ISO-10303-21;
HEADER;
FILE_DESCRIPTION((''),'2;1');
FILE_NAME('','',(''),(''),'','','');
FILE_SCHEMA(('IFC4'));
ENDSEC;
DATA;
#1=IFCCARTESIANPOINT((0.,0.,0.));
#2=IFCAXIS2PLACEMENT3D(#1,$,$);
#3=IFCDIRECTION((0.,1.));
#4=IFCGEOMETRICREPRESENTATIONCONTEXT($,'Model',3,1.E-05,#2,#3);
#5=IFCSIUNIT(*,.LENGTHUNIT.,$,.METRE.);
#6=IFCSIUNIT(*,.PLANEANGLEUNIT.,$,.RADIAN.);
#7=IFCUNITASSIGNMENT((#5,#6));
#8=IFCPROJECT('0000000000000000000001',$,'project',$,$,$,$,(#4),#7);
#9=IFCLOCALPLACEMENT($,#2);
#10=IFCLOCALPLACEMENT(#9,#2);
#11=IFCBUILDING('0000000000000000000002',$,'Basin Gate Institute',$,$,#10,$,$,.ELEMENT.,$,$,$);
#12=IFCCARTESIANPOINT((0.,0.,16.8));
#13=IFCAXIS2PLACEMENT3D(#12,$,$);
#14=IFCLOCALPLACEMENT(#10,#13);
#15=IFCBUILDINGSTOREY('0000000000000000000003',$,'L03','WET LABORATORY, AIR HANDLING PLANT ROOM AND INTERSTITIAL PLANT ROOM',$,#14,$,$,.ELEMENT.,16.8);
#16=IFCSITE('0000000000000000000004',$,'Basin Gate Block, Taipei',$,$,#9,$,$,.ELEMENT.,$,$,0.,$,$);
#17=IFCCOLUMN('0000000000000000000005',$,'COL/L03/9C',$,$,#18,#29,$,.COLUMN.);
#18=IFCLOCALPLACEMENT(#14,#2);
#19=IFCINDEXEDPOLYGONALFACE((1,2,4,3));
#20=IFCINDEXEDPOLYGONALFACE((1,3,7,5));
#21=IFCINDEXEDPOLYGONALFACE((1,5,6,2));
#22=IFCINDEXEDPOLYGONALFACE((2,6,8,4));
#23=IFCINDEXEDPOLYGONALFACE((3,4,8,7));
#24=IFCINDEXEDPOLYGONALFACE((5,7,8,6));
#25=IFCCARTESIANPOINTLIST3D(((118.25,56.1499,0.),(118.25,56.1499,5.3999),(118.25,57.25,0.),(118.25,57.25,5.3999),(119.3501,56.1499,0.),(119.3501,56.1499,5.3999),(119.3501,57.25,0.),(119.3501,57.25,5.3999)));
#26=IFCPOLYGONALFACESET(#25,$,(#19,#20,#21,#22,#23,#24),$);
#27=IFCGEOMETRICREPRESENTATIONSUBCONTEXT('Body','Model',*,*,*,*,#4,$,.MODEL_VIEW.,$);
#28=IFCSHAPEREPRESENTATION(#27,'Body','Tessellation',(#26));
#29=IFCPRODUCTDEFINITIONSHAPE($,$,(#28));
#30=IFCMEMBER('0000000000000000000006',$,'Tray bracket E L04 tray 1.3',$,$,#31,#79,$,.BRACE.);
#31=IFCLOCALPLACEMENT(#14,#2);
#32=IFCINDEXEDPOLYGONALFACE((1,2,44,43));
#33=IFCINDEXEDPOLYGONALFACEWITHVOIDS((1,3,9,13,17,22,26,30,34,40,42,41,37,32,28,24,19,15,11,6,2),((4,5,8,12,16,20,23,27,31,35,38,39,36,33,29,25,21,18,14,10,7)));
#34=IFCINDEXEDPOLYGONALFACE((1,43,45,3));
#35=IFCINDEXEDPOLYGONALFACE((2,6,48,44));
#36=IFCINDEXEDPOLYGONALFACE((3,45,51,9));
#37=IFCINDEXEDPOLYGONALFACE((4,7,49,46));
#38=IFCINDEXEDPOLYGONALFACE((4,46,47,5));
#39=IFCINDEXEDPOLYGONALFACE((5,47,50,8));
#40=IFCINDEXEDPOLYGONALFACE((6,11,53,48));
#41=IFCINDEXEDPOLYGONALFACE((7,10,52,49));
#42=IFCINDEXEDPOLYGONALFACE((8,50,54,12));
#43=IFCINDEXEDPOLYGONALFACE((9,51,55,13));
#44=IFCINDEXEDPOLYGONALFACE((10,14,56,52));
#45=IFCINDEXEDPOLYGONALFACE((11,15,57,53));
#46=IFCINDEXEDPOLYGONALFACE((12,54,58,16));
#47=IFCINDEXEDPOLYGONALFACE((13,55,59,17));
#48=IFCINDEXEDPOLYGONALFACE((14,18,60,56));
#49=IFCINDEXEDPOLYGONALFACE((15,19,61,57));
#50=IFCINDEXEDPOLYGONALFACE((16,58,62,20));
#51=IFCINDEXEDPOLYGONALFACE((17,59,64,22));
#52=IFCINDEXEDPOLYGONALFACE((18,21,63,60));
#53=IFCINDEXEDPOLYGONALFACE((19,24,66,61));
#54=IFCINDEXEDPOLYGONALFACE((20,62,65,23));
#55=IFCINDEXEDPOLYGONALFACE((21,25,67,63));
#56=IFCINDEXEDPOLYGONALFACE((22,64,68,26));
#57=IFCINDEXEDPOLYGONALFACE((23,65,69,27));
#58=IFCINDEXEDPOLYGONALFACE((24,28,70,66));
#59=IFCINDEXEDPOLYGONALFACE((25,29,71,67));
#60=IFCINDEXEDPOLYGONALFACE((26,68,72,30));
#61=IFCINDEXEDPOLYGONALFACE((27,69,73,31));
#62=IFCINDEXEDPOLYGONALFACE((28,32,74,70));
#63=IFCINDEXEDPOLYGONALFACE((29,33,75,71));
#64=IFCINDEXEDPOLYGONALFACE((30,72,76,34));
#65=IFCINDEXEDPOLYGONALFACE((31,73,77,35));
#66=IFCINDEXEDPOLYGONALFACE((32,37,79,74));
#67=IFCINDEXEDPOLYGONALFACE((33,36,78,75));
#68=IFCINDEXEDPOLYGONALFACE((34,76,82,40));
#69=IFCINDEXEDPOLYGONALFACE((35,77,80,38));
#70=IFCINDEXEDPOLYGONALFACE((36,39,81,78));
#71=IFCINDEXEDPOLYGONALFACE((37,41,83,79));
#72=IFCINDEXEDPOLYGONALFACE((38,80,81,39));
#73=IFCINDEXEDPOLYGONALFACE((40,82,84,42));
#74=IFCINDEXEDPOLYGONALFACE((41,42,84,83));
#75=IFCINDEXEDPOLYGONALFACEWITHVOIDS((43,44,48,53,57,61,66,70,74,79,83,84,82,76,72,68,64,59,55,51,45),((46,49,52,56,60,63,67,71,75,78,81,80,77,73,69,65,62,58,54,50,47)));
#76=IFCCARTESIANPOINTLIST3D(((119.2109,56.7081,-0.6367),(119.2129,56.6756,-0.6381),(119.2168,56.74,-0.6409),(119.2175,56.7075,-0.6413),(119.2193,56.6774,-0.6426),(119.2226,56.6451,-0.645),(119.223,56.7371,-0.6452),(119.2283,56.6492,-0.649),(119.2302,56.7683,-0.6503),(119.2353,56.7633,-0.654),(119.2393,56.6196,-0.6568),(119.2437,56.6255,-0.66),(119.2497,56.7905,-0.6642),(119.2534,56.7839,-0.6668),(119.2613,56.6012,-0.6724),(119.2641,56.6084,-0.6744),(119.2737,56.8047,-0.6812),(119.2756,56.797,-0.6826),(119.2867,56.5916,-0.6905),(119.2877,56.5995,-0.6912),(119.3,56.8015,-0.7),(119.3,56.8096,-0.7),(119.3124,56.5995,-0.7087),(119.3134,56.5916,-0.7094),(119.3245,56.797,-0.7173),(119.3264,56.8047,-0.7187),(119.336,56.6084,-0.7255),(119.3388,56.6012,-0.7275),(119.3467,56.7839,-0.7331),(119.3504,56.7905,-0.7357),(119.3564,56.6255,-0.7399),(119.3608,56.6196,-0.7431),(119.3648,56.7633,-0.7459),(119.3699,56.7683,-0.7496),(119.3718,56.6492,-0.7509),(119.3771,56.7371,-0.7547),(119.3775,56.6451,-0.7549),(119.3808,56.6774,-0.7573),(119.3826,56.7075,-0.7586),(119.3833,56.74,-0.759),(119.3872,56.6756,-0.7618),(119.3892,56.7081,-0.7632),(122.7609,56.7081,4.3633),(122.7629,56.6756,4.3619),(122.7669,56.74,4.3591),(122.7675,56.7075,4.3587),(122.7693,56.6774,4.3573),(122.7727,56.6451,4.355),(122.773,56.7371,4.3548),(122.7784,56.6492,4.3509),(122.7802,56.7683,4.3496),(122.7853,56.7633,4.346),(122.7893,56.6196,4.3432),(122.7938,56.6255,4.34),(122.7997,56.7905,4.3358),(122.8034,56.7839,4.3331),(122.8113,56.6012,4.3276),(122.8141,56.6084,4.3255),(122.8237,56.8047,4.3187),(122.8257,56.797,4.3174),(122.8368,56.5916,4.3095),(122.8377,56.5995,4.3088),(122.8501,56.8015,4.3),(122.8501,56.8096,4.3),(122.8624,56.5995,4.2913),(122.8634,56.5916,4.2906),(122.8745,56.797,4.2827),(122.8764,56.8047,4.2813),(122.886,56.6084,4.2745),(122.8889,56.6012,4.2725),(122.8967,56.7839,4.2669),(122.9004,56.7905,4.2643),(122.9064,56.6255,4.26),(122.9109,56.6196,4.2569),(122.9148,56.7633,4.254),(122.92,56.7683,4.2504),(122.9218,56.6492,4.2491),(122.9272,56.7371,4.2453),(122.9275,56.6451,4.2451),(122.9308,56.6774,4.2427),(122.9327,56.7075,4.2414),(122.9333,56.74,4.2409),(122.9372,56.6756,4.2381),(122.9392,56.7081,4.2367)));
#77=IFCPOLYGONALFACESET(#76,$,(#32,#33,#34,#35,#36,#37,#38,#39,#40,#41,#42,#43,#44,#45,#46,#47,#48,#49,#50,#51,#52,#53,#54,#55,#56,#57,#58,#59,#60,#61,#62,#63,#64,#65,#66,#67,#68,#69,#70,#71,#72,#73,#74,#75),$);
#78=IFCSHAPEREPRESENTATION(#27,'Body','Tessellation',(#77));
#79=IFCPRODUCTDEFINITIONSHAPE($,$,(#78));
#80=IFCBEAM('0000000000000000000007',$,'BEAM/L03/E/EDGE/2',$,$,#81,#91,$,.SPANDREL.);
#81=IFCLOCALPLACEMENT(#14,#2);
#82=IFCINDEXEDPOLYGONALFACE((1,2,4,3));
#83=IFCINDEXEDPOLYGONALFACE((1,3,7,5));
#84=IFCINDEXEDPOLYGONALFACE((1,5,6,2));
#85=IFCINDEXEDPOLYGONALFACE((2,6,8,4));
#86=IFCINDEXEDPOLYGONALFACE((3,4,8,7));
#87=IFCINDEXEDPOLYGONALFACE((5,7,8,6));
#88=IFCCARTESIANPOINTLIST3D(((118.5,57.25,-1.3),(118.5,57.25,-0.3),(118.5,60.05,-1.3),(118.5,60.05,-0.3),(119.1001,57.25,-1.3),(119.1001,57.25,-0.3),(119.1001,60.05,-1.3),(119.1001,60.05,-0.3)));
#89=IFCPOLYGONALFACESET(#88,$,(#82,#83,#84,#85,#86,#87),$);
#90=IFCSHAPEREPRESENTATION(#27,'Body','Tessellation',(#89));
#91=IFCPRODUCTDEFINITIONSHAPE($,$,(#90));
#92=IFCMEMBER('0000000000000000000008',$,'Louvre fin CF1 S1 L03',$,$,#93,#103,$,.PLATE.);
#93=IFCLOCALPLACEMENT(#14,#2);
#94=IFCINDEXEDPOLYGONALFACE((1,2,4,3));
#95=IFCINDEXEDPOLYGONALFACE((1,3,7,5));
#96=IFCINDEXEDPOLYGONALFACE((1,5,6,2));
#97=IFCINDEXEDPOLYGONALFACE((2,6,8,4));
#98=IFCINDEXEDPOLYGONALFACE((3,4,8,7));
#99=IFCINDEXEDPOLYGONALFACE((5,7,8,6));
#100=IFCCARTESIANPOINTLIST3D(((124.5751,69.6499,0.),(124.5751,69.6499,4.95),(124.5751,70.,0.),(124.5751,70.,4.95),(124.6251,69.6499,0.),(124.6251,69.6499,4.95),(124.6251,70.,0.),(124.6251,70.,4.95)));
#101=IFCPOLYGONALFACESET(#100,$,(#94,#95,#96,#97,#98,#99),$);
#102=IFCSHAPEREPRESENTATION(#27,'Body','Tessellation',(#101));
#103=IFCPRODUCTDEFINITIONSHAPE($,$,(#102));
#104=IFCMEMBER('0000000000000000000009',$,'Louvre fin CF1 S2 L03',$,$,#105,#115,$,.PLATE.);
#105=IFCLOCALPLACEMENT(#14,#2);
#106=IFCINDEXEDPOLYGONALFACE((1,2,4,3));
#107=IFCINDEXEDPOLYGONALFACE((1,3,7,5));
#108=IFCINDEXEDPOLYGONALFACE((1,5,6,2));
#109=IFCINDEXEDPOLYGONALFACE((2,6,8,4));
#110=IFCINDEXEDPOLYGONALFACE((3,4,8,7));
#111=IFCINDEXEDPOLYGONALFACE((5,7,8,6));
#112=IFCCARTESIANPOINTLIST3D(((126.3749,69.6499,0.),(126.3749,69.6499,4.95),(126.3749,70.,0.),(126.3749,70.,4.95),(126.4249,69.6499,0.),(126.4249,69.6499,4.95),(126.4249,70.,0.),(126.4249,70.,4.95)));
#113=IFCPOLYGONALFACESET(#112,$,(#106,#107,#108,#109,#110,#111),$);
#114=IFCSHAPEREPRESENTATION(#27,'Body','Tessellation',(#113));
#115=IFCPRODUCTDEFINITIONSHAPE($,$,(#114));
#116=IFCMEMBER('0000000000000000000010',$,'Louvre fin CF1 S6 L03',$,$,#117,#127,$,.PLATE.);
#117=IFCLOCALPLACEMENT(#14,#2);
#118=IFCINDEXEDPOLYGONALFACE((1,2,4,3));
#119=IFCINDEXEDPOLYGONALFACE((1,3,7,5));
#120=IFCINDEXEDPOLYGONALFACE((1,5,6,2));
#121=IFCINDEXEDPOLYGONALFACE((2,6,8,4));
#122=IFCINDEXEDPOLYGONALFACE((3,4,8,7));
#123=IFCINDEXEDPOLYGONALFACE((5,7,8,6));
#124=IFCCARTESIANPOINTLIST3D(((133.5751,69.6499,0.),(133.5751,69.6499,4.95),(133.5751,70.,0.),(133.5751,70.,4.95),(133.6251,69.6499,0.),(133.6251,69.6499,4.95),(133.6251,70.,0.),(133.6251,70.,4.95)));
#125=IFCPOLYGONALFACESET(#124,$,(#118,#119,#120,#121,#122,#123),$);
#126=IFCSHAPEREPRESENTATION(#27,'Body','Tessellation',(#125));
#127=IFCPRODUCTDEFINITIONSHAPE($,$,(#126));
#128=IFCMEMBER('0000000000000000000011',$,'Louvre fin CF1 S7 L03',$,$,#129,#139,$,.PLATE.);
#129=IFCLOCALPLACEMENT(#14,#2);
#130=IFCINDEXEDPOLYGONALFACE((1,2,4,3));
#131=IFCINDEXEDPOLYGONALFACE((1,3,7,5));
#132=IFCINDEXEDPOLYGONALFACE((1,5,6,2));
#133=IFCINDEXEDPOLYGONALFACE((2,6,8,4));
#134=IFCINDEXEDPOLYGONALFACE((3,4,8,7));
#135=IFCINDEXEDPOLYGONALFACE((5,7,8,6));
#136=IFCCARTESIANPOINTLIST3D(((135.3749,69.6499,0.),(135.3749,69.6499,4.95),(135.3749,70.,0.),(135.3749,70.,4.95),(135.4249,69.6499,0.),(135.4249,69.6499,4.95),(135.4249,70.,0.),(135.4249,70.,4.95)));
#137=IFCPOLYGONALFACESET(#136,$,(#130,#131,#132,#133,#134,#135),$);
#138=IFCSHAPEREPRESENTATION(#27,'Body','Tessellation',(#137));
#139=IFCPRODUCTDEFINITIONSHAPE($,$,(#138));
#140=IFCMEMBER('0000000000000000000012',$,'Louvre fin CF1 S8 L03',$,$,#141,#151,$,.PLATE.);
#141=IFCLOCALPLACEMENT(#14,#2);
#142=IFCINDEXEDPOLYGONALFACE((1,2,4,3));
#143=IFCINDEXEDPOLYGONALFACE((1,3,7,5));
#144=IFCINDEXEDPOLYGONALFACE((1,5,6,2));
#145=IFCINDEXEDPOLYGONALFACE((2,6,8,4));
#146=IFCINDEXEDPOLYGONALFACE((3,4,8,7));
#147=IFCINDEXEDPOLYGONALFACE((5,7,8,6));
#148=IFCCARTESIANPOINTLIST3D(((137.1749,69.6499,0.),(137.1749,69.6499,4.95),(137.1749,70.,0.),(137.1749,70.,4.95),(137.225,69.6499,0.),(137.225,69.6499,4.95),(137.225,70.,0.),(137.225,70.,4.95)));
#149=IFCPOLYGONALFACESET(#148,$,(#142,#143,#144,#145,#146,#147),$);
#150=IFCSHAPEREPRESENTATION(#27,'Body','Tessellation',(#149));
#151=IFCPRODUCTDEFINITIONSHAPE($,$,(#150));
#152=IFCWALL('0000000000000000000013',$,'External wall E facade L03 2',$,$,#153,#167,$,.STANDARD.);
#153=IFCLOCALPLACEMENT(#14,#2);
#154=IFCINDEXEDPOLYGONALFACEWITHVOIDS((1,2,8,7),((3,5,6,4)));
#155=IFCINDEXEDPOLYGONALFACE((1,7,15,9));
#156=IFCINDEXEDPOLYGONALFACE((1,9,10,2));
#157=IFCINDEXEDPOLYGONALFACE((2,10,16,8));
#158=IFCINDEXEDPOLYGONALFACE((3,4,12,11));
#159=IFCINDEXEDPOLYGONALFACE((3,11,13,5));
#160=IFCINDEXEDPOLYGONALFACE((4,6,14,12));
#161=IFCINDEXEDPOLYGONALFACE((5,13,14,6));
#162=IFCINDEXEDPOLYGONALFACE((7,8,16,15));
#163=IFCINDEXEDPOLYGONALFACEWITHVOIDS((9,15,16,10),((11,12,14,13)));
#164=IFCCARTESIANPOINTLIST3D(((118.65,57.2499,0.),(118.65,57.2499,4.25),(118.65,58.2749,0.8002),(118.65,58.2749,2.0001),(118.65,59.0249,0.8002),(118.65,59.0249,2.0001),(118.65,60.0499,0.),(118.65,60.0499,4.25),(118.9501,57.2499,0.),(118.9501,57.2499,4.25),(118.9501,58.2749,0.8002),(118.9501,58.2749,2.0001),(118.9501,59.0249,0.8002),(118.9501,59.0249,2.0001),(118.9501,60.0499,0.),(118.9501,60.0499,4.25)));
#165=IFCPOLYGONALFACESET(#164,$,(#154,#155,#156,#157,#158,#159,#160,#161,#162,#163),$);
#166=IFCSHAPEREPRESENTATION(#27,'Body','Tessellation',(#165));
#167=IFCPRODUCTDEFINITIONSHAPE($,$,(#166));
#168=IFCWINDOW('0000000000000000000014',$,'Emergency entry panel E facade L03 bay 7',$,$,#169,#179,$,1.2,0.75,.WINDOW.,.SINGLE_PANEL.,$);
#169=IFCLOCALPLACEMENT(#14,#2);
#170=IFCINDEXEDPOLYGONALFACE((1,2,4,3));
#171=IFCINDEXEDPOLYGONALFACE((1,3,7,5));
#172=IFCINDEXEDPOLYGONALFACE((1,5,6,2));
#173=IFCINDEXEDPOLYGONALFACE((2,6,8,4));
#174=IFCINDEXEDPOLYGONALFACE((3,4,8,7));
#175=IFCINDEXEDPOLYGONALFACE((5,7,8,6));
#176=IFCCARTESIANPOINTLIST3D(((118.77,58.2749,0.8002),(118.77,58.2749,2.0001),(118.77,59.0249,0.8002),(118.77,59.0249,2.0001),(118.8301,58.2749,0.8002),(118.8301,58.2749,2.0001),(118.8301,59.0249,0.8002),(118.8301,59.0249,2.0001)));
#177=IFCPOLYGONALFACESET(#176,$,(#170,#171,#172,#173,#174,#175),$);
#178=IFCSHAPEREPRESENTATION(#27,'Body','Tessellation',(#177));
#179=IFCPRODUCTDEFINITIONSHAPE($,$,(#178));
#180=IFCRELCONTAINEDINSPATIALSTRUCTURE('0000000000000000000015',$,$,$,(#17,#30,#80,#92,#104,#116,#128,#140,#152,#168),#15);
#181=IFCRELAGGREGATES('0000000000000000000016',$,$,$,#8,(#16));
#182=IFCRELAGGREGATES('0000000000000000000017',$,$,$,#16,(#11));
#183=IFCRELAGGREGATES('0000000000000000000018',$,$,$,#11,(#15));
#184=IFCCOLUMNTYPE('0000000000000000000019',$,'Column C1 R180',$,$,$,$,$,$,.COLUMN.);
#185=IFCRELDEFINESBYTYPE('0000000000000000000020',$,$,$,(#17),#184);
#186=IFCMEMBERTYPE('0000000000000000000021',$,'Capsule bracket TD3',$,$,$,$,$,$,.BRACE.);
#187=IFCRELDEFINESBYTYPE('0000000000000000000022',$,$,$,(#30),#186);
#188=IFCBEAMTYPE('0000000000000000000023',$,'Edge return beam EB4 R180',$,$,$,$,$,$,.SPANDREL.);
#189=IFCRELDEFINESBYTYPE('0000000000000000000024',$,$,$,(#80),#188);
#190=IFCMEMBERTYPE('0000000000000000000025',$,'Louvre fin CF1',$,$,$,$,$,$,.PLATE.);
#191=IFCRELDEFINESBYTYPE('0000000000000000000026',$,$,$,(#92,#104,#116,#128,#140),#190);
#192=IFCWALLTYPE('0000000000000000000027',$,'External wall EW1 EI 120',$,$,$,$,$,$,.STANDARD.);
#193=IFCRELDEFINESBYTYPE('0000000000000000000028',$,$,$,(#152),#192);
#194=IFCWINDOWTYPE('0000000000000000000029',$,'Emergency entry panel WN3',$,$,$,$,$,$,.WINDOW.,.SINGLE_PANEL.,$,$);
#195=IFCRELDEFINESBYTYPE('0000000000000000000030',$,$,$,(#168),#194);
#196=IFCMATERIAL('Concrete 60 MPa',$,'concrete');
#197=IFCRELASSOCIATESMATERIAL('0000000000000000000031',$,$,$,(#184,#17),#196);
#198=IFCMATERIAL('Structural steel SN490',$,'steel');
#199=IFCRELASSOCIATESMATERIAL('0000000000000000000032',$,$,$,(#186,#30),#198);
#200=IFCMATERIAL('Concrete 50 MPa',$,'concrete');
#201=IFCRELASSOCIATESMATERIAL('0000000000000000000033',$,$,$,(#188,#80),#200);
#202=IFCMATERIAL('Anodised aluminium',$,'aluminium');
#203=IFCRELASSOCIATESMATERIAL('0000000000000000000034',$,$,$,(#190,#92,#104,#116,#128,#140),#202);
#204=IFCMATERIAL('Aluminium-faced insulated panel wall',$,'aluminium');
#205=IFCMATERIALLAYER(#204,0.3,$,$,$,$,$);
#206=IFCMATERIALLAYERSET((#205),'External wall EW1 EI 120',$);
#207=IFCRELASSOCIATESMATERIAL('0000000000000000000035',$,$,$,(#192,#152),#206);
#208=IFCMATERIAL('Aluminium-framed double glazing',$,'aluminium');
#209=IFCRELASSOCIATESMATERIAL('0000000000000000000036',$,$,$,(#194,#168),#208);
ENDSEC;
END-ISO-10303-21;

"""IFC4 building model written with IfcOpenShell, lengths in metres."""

from ifc_helpers import new_model, si_unit, direction, frame, frame_2d, origin, origin_2d, place, context, subcontext, project, spatial, rectangle, hollow_circle, extrude, material, layer, layer_set, material_profile, profile_set, type_object, element, fill, save


model = new_model("IFC4")

# Units and contexts
model_context = context("Model", 3, precision=1e-05, world=origin(), true_north=direction((0.0, 1.0)))
body_context = subcontext(model_context, "Body", "Model", "MODEL_VIEW")
ifc_project = project(units=[si_unit("LENGTHUNIT", "METRE"), si_unit("PLANEANGLEUNIT", "RADIAN")], contexts=[model_context])

# Site, building, storey
site_placement = place(None, origin())
site = spatial("IfcSite", under=ifc_project, at=site_placement, Name="Basin Gate Block, Taipei", CompositionType="ELEMENT", RefElevation=0.0)
building_placement = place(site_placement, origin())
building = spatial("IfcBuilding", under=site, at=building_placement, Name="Basin Gate Institute", CompositionType="ELEMENT")
storey_placement = place(building_placement, frame((0.0, 0.0, 16.8)))
storey = spatial("IfcBuildingStorey", under=building, at=storey_placement, Name="L03", Description="WET LABORATORY, AIR HANDLING PLANT ROOM AND INTERSTITIAL PLANT ROOM", CompositionType="ELEMENT", Elevation=16.8)

# Column
ifc_material_1 = material(Name="Concrete 60 MPa", Category="concrete")
ifc_material_profile_1 = material_profile(ifc_material_1, rectangle(XDim=1.1001, YDim=1.1001, at=origin_2d()), Name="Column C1 1100 x 1100")
ifc_profile_set_1 = profile_set([ifc_material_profile_1], Name="Concrete 60 MPa")
column_type = type_object("IfcColumnType", Name="Column C1 R180", PredefinedType="COLUMN", material=ifc_profile_set_1)
column_placement = place(storey_placement, frame((118.8, 56.7, 0.0), z_axis=(0.0, 0.0, 1.0), x_axis=(1.0, 0.0, 0.0)))
element("IfcColumn", 1, at=column_placement, inside=storey, type_object=column_type, material=ifc_profile_set_1, Name="COL/L03/9C", PredefinedType="COLUMN", context=body_context, shape_type="SweptSolid", body=[
    extrude(rectangle(XDim=1.1001, YDim=1.1001, at=origin_2d()), origin(), (0.0, 0.0, 1.0), 5.3999),
])

# Member
ifc_material_2 = material(Name="Structural steel SN490", Category="steel")
ifc_material_profile_2 = material_profile(ifc_material_2, hollow_circle(Radius=0.1096, WallThickness=0.0081, at=origin_2d()), Name="CHS219x8")
ifc_profile_set_2 = profile_set([ifc_material_profile_2], Name="Structural steel SN490")
member_type_1 = type_object("IfcMemberType", Name="Capsule bracket TD3", PredefinedType="BRACE", material=ifc_profile_set_2)
member_placement = place(storey_placement, frame((119.3, 56.7, -0.7), z_axis=(0.578927, 0.0, 0.815379), x_axis=(0.0, 1.0, 0.0)))
element("IfcMember", 2, at=member_placement, inside=storey, type_object=member_type_1, material=ifc_profile_set_2, Name="Tray bracket E L04 tray 1.3", PredefinedType="BRACE", context=body_context, shape_type="SweptSolid", body=[
    extrude(hollow_circle(Radius=0.1096, WallThickness=0.0081, at=origin_2d()), origin(), (0.0, 0.0, 1.0), 6.1321),
])

# Beam
ifc_material_3 = material(Name="Concrete 50 MPa", Category="concrete")
ifc_material_profile_3 = material_profile(ifc_material_3, rectangle(XDim=0.6001, YDim=1.0, at=origin_2d()), Name="Edge return beam EB4 600 x 1000")
ifc_profile_set_3 = profile_set([ifc_material_profile_3], Name="Concrete 50 MPa")
beam_type = type_object("IfcBeamType", Name="Edge return beam EB4 R180", PredefinedType="SPANDREL", material=ifc_profile_set_3)
beam_placement = place(storey_placement, frame((118.8, 57.25, -0.8), z_axis=(0.0, 1.0, 0.0), x_axis=(-1.0, 0.0, 0.0)))
element("IfcBeam", 3, at=beam_placement, inside=storey, type_object=beam_type, material=ifc_profile_set_3, Name="BEAM/L03/E/EDGE/2", PredefinedType="SPANDREL", context=body_context, shape_type="SweptSolid", body=[
    extrude(rectangle(XDim=0.6001, YDim=1.0, at=origin_2d()), origin(), (0.0, 0.0, 1.0), 2.8),
])

# Members
ifc_material_4 = material(Name="Anodised aluminium", Category="aluminium")
ifc_material_profile_4 = material_profile(ifc_material_4, rectangle(XDim=0.05, YDim=0.3501, at=origin_2d()), Name="Louvre fin CF1 50 x 350")
ifc_profile_set_4 = profile_set([ifc_material_profile_4], Name="Anodised aluminium")
member_type_2 = type_object("IfcMemberType", Name="Louvre fin CF1", PredefinedType="PLATE", material=ifc_profile_set_4)
for number, where, z_axis, x_axis, name in (
    (4, (124.6001, 69.825, 0.0), (0.0, 0.0, 1.0), (1.0, 0.0, 0.0), "Louvre fin CF1 S1 L03"),
    (5, (126.3999, 69.825, 0.0), (0.0, 0.0, 1.0), (1.0, 0.0, 0.0), "Louvre fin CF1 S2 L03"),
    (6, (133.6001, 69.825, 0.0), (0.0, 0.0, 1.0), (1.0, 0.0, 0.0), "Louvre fin CF1 S6 L03"),
    (7, (135.3999, 69.825, 0.0), (0.0, 0.0, 1.0), (1.0, 0.0, 0.0), "Louvre fin CF1 S7 L03"),
    (8, (137.2, 69.825, 0.0), (0.0, 0.0, 1.0), (1.0, 0.0, 0.0), "Louvre fin CF1 S8 L03"),
):
    element("IfcMember", number, at=place(storey_placement, frame(where, z_axis=z_axis, x_axis=x_axis)), inside=storey, type_object=member_type_2, material=ifc_profile_set_4, Name=name, PredefinedType="PLATE", context=body_context, shape_type="SweptSolid", body=[
        extrude(rectangle(XDim=0.05, YDim=0.3501, at=origin_2d()), origin(), (0.0, 0.0, 1.0), 4.95),
    ])

# Wall, opening, window
ifc_material_5 = material(Name="Aluminium-faced insulated panel wall", Category="aluminium")
ifc_layer_1 = layer(ifc_material_5, 0.3)
ifc_layer_set_1 = layer_set([ifc_layer_1], Name="External wall EW1 EI 120")
wall_type_1 = type_object("IfcWallType", Name="External wall EW1 EI 120", PredefinedType="STANDARD", material=ifc_layer_set_1)
wall_1_placement = place(storey_placement, frame((118.8, 57.25, 0.0), z_axis=(0.0, 0.0, 1.0), x_axis=(0.0, 1.0, 0.0)))
wall_1 = element("IfcWall", 9, at=wall_1_placement, inside=storey, type_object=wall_type_1, material=ifc_layer_set_1, Name="External wall E facade L03 2", PredefinedType="STANDARD", context=body_context, shape_type="SweptSolid", body=[
    extrude(rectangle(XDim=2.8, YDim=0.3, at=frame_2d((1.3999, 0.0))), origin(), (0.0, 0.0, 1.0), 4.25),
])
opening_1_placement = place(wall_1_placement, frame((1.0249, 0.0, 0.8)))
opening_1 = element("IfcOpeningElement", 10, at=opening_1_placement, cuts=wall_1, PredefinedType="OPENING", context=body_context, shape_type="SweptSolid", body=[
    extrude(rectangle(XDim=0.75, YDim=1.2, at=frame_2d((0.375, 0.6001))), frame((0.0, 0.1602, 0.0), z_axis=(0.0, -1.0, 0.0), x_axis=(1.0, 0.0, 0.0)), (0.0, 0.0, 1.0), 0.3201),
])
ifc_material_6 = material(Name="Aluminium-framed double glazing", Category="aluminium")
window_type_1 = type_object("IfcWindowType", Name="Emergency entry panel WN3", PartitioningType="SINGLE_PANEL", PredefinedType="WINDOW", material=ifc_material_6)
window_1_placement = place(opening_1_placement, origin())
window_1 = element("IfcWindow", 11, at=window_1_placement, inside=storey, type_object=window_type_1, material=ifc_material_6, Name="Emergency entry panel E facade L03 bay 7", OverallHeight=1.2, OverallWidth=0.75, PartitioningType="SINGLE_PANEL", PredefinedType="WINDOW", context=body_context, shape_type="SweptSolid", body=[
    extrude(rectangle(XDim=0.75, YDim=1.2, at=frame_2d((0.375, 0.6001))), frame((0.0, 0.03, 0.0), z_axis=(0.0, -1.0, 0.0), x_axis=(1.0, 0.0, 0.0)), (0.0, 0.0, 1.0), 0.0601),
])
fill(opening_1, window_1)

save(model, "model.ifc")
